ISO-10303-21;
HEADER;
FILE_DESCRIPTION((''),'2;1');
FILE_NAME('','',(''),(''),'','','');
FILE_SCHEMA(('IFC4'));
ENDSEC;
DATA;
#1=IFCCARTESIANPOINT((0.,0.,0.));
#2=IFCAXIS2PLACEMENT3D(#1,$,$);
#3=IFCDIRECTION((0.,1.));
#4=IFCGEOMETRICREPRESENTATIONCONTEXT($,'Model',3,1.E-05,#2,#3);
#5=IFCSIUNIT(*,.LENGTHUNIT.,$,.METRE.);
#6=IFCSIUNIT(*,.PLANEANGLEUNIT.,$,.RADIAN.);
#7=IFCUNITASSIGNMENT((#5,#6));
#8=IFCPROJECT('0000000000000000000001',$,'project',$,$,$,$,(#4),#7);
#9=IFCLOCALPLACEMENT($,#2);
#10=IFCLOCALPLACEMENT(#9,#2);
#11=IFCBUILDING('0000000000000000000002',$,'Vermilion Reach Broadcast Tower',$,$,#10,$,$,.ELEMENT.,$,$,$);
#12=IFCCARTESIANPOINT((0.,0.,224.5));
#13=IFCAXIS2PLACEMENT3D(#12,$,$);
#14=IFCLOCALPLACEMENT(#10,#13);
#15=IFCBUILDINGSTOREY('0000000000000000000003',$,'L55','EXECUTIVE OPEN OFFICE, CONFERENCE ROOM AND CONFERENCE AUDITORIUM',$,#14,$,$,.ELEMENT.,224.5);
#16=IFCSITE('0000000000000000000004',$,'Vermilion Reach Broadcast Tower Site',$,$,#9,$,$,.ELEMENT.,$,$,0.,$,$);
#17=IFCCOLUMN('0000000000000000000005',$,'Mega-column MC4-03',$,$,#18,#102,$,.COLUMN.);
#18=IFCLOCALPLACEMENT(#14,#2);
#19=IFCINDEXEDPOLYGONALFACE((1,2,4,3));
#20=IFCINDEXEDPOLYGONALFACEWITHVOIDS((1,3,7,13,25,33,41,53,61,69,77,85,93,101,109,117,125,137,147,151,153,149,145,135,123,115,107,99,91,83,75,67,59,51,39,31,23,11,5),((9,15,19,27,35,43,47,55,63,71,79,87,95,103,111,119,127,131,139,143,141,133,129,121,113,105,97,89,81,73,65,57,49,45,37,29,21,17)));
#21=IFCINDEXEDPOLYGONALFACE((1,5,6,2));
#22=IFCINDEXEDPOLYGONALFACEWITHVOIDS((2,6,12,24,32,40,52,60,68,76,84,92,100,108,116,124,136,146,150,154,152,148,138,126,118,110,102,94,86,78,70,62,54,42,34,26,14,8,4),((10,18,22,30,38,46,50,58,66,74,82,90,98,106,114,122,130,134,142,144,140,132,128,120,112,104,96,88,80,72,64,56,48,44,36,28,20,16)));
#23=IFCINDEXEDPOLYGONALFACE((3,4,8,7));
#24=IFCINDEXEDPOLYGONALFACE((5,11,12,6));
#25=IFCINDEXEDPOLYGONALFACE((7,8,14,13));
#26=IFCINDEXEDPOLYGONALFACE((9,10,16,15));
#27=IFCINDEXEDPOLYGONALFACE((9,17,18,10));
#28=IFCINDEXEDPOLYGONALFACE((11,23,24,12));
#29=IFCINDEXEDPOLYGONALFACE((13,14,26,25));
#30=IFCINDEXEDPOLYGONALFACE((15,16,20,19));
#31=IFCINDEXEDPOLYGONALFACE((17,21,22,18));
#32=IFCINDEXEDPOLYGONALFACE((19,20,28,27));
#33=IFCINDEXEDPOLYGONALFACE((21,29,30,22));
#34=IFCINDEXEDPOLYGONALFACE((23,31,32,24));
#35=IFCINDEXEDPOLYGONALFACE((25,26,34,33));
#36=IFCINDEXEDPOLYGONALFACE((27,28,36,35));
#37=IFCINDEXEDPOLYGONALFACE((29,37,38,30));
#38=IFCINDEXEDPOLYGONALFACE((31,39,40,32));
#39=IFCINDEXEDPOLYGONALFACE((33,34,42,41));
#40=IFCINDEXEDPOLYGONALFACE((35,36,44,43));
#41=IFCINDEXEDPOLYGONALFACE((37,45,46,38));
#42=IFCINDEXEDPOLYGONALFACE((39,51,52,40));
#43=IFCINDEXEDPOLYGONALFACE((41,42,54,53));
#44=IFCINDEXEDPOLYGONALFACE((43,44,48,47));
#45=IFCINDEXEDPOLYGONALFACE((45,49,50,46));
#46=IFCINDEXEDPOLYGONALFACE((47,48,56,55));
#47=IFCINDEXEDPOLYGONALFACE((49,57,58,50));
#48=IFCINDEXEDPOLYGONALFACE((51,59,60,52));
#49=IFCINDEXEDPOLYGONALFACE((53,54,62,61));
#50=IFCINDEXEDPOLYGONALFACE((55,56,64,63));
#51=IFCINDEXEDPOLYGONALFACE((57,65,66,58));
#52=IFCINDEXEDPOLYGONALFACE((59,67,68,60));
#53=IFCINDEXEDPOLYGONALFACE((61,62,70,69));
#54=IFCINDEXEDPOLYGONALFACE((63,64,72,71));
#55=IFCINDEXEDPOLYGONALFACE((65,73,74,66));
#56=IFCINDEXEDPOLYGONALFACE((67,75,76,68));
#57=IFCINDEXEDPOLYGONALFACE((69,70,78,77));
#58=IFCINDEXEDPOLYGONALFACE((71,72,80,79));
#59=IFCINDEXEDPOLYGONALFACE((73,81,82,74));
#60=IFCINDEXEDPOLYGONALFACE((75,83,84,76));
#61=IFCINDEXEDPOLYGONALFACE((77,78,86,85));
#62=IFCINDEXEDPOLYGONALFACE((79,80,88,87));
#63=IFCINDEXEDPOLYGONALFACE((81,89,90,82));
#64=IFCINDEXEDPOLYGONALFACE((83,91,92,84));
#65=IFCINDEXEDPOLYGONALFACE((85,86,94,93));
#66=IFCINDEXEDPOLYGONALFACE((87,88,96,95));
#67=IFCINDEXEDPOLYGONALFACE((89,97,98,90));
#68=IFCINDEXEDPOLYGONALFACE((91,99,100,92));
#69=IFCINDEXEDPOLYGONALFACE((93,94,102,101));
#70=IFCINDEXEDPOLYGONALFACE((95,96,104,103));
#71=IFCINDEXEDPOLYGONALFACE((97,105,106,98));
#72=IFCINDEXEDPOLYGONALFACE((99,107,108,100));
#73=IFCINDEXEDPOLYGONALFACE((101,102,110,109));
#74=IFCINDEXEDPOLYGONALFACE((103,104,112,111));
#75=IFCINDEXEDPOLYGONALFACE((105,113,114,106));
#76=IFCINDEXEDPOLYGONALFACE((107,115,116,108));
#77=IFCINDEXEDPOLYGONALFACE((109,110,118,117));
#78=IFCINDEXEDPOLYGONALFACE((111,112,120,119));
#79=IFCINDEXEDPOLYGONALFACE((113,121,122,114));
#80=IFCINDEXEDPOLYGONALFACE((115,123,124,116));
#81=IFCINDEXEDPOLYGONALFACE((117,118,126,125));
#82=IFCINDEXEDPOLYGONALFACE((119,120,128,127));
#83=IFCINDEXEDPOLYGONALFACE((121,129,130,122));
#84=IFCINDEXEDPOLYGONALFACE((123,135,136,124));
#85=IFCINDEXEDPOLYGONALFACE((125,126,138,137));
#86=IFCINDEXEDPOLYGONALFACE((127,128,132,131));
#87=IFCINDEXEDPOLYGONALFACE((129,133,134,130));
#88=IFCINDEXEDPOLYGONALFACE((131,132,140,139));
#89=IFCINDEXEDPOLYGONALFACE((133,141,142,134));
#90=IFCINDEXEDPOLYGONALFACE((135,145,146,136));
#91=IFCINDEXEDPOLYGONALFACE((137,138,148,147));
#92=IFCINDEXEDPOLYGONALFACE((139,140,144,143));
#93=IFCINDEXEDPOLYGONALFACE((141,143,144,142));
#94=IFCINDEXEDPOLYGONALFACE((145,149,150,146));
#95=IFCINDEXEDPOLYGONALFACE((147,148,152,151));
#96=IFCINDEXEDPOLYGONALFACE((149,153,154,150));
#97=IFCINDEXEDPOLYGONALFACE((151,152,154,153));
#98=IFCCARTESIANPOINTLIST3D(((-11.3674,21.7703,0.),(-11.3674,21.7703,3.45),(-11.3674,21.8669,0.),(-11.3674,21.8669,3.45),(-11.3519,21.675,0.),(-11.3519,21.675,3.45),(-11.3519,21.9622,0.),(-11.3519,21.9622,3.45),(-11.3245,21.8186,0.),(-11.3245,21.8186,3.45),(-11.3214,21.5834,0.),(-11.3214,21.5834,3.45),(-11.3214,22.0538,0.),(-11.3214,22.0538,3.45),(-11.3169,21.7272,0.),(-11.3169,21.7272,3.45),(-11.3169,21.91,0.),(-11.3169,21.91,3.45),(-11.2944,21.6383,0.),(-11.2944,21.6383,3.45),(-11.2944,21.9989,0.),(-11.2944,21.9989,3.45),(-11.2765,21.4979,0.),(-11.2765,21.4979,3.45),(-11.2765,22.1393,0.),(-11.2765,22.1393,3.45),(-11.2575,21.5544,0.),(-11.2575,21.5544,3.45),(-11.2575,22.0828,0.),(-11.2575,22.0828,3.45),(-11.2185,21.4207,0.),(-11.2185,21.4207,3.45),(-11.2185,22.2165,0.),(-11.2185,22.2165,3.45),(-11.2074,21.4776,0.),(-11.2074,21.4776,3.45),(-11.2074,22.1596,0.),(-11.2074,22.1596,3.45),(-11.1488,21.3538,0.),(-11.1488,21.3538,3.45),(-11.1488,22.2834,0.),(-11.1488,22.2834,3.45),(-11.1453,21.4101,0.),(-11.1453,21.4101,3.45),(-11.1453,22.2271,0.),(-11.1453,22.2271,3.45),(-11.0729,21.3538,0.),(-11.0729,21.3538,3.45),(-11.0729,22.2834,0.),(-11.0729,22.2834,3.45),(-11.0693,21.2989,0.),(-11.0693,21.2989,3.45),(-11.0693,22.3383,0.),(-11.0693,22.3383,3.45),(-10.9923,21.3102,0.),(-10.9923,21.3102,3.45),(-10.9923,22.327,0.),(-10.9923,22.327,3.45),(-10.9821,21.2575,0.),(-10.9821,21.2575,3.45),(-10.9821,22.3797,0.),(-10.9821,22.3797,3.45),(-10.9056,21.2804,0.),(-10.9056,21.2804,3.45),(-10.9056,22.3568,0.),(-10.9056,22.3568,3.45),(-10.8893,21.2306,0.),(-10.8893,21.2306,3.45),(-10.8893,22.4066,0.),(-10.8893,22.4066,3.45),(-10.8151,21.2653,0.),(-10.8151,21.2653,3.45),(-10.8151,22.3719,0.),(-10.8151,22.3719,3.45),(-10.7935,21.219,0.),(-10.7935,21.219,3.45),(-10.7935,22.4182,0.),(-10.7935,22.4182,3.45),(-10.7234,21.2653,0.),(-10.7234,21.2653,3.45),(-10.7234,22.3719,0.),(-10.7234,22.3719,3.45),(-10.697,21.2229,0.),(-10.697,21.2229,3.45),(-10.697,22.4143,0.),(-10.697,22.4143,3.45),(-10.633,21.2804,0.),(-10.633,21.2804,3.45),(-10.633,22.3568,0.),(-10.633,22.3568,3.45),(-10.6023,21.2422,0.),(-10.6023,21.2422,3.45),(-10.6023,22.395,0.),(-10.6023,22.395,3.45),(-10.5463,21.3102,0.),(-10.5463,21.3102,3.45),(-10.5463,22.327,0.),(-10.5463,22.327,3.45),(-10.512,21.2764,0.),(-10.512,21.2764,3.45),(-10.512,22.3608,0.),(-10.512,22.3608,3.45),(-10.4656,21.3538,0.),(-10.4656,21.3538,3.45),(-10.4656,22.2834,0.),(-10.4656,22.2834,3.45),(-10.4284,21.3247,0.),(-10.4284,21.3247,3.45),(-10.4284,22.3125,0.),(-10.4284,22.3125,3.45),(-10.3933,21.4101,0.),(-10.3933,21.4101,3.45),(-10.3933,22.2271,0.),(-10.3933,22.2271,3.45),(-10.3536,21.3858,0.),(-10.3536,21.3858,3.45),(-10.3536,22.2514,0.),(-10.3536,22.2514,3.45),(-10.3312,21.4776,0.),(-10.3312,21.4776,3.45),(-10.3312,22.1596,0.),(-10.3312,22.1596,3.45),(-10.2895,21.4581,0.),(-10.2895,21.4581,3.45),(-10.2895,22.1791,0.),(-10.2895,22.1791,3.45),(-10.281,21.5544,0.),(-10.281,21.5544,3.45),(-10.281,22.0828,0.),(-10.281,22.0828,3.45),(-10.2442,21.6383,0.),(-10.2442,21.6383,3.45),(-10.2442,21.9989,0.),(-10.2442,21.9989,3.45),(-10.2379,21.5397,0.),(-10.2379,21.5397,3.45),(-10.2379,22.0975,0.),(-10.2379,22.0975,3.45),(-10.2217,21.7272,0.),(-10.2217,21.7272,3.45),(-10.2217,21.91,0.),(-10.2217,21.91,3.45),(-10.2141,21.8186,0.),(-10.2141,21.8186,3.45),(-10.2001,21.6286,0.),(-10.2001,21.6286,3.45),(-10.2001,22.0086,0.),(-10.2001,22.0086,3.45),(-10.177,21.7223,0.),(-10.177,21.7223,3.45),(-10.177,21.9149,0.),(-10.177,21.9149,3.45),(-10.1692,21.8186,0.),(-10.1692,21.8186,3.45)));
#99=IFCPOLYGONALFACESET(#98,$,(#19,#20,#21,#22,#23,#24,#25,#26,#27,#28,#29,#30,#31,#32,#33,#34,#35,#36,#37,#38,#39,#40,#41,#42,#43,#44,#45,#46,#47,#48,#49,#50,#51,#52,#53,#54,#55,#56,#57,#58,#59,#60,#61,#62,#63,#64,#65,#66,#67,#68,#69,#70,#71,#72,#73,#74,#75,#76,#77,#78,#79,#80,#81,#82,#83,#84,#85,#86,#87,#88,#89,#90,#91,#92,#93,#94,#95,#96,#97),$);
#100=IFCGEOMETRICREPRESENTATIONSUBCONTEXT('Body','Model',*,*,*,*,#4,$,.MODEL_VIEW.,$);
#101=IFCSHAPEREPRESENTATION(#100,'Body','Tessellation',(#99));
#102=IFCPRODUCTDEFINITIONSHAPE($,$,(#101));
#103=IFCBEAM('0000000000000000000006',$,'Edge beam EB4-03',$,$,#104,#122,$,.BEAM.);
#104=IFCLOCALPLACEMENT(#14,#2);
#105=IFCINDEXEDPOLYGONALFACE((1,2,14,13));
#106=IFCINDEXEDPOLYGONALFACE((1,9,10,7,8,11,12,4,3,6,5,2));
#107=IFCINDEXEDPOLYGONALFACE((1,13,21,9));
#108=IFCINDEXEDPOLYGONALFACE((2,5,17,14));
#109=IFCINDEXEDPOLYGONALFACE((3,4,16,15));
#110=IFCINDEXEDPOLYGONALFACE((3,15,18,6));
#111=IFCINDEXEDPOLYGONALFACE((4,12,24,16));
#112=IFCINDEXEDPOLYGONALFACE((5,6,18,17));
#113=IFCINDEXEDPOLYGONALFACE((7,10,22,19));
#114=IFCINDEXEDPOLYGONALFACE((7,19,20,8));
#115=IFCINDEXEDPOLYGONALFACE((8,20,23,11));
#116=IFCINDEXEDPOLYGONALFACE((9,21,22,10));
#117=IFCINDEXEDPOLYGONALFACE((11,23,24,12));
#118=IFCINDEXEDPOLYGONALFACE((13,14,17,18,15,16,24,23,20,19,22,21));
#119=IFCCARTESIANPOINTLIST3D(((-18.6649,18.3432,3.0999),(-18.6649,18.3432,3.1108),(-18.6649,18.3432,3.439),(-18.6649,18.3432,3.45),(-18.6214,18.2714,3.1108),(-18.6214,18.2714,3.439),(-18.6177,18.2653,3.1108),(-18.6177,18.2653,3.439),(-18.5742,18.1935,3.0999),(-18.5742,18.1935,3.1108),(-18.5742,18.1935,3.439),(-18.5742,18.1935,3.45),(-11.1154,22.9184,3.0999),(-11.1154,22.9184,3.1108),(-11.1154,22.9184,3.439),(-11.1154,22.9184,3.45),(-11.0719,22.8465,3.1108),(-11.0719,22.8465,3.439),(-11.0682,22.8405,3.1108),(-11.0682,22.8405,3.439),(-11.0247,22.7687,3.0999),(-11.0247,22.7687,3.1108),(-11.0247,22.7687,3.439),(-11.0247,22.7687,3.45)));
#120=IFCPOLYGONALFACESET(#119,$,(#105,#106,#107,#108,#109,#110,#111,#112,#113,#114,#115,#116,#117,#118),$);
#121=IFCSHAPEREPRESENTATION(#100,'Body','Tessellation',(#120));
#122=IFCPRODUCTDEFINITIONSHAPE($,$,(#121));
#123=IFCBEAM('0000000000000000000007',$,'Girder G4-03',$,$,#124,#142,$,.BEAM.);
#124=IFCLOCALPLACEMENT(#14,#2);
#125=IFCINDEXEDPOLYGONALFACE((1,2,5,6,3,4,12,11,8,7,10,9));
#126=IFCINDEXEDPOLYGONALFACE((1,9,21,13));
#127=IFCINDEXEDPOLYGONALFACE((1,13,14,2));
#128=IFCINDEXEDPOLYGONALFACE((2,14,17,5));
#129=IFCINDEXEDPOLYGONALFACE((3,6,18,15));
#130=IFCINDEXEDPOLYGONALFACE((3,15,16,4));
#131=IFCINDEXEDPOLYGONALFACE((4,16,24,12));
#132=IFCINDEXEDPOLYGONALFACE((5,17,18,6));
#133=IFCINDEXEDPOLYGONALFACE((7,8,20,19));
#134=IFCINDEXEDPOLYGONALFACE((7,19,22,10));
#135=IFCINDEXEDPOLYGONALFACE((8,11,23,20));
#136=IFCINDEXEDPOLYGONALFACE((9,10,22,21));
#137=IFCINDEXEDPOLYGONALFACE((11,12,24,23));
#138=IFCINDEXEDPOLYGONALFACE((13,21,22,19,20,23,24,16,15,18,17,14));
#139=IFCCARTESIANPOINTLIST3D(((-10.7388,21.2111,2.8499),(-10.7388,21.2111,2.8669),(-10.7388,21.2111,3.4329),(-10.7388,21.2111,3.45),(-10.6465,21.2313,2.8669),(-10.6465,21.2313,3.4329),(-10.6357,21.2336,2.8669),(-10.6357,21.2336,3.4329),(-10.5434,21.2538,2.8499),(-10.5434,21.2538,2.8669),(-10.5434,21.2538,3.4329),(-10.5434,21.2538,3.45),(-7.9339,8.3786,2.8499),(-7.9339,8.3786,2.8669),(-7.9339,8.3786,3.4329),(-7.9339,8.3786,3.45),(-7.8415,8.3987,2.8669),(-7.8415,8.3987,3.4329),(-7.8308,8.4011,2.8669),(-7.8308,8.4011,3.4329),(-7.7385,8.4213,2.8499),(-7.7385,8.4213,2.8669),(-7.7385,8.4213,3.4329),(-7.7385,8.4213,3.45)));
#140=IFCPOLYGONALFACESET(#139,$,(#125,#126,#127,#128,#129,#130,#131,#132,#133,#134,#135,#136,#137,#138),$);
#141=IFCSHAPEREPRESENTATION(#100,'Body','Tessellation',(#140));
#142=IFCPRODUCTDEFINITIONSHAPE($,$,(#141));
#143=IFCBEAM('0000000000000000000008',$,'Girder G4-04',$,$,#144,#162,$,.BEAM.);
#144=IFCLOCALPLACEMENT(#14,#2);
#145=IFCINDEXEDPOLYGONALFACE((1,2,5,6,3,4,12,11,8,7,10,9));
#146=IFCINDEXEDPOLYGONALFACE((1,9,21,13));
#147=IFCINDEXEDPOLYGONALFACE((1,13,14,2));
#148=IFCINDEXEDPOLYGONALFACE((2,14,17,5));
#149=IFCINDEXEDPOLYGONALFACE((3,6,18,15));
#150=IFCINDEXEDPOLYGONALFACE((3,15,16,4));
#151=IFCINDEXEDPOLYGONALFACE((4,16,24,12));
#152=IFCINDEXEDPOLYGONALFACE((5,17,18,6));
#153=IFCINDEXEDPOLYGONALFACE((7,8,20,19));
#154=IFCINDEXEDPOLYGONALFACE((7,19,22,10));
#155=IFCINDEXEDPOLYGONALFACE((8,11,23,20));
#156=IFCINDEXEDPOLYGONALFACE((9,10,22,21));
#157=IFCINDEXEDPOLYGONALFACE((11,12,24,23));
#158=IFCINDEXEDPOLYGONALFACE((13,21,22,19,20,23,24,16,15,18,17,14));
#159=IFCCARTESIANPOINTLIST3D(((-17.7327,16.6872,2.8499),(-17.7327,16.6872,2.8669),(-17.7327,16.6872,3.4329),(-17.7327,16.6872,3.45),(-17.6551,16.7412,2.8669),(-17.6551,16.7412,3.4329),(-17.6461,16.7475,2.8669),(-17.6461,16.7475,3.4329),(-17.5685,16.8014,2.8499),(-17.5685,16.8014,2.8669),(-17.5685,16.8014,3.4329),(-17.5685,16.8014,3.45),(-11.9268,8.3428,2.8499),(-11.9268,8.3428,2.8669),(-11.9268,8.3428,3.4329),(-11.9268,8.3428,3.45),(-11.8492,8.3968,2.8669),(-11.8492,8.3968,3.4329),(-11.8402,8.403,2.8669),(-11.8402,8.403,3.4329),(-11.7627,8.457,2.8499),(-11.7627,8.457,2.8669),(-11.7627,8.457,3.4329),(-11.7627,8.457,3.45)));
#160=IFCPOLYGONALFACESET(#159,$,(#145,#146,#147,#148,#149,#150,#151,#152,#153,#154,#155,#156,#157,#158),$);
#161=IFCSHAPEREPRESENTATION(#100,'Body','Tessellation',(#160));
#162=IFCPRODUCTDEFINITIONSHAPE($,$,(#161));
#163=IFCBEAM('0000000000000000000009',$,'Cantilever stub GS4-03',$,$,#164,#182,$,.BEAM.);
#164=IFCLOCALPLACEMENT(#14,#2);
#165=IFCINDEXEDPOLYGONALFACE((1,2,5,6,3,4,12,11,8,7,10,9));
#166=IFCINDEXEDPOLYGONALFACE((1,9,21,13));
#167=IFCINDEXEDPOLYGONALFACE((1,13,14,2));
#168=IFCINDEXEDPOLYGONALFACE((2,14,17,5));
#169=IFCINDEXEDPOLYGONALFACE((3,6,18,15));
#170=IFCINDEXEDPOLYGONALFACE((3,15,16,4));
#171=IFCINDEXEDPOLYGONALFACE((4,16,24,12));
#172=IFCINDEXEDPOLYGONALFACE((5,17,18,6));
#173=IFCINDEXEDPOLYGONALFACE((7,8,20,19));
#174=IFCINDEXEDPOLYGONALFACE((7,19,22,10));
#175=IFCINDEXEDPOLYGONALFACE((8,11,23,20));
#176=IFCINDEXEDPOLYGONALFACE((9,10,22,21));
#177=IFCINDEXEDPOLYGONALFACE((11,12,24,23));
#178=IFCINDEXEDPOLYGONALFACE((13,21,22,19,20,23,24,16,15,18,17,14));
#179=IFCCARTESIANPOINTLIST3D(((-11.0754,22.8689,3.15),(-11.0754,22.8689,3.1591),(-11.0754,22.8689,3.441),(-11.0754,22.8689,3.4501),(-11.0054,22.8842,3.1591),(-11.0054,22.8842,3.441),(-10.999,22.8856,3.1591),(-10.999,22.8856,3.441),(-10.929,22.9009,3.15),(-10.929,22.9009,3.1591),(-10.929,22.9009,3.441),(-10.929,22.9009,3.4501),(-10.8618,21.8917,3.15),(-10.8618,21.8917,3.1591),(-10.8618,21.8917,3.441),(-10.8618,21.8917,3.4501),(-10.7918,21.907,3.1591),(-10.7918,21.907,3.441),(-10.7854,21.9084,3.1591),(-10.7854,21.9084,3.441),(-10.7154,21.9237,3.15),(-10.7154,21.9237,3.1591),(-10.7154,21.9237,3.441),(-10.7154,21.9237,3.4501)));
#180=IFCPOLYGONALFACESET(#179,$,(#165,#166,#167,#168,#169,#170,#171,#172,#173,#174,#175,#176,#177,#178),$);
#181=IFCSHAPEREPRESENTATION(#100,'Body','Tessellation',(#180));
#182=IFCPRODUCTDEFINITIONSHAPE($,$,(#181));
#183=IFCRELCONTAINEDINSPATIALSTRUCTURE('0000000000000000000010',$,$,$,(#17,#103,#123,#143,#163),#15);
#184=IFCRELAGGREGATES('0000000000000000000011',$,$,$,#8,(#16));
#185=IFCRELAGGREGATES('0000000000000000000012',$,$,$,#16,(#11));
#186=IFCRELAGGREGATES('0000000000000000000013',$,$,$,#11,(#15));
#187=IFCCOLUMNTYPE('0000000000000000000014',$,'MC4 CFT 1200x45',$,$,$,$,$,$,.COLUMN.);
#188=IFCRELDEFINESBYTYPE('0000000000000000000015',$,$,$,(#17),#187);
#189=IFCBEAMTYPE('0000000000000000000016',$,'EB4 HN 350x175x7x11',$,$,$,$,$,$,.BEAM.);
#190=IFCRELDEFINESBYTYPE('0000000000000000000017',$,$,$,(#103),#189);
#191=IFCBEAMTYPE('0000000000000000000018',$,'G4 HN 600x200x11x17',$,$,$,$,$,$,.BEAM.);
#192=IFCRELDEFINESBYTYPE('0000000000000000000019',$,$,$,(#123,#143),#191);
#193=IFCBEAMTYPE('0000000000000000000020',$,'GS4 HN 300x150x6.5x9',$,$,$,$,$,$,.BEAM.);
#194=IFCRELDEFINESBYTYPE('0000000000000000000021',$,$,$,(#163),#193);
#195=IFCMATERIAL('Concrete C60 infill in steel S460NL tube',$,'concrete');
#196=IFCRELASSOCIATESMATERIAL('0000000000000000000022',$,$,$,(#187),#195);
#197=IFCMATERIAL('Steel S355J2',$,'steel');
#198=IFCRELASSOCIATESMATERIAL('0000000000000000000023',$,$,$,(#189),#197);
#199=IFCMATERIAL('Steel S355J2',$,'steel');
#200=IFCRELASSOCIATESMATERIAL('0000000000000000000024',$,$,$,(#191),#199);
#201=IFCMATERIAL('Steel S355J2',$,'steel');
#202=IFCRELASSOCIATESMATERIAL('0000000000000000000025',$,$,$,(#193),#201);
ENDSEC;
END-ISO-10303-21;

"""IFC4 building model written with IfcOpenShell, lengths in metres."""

from ifc_helpers import new_model, si_unit, direction, frame, origin, origin_2d, place, context, subcontext, project, spatial, hollow_circle, i_section, extrude, material, material_profile, profile_set, type_object, element, save


model = new_model("IFC4")

# Units and contexts
model_context = context("Model", 3, precision=1e-05, world=origin(), true_north=direction((0.0, 1.0)))
body_context = subcontext(model_context, "Body", "Model", "MODEL_VIEW")
ifc_project = project(units=[si_unit("LENGTHUNIT", "METRE"), si_unit("PLANEANGLEUNIT", "RADIAN")], contexts=[model_context])

# Site, building, storey
site_placement = place(None, origin())
site = spatial("IfcSite", under=ifc_project, at=site_placement, Name="Vermilion Reach Broadcast Tower Site", CompositionType="ELEMENT", RefElevation=0.0)
building_placement = place(site_placement, origin())
building = spatial("IfcBuilding", under=site, at=building_placement, Name="Vermilion Reach Broadcast Tower", CompositionType="ELEMENT")
storey_placement = place(building_placement, frame((0.0, 0.0, 224.5)))
storey = spatial("IfcBuildingStorey", under=building, at=storey_placement, Name="L55", Description="EXECUTIVE OPEN OFFICE, CONFERENCE ROOM AND CONFERENCE AUDITORIUM", CompositionType="ELEMENT", Elevation=224.5)

# Column
ifc_material_1 = material(Name="Concrete C60 infill in steel S460NL tube", Category="concrete")
ifc_material_profile_1 = material_profile(ifc_material_1, hollow_circle(Radius=0.6001, WallThickness=0.0449, at=origin_2d()), Name="Concrete C60 infill in steel S460NL tube CFT 1200x45")
ifc_profile_set_1 = profile_set([ifc_material_profile_1], Name="Concrete C60 infill in steel S460NL tube")
column_type = type_object("IfcColumnType", Name="MC4 CFT 1200x45", PredefinedType="COLUMN", material=ifc_profile_set_1)
column_placement = place(storey_placement, frame((-10.7693, 21.8186, 0.0), z_axis=(0.0, 0.0, 1.0), x_axis=(1.0, 0.0, 0.0)))
element("IfcColumn", 1, at=column_placement, inside=storey, type_object=column_type, Name="Mega-column MC4-03", PredefinedType="COLUMN", context=body_context, shape_type="SweptSolid", body=[
    extrude(hollow_circle(Radius=0.6001, WallThickness=0.0449, at=origin_2d()), origin(), (0.0, 0.0, 1.0), 3.45),
])

# Beams
ifc_material_2 = material(Name="Steel S355J2", Category="steel")
ifc_material_profile_2 = material_profile(ifc_material_2, i_section(OverallWidth=0.175, OverallDepth=0.3501, WebThickness=0.0071, FlangeThickness=0.011, at=origin_2d()), Name="S355J2 HN 350x175x7x11")
ifc_profile_set_2 = profile_set([ifc_material_profile_2], Name="Steel S355J2")
beam_type_1 = type_object("IfcBeamType", Name="EB4 HN 350x175x7x11", PredefinedType="BEAM", material=ifc_profile_set_2)
beam_1_placement = place(storey_placement, frame((-11.0701, 22.8435, 3.2749), z_axis=(-0.855213, -0.518277, 0.0), x_axis=(0.518277, -0.855213, 0.0)))
element("IfcBeam", 2, at=beam_1_placement, inside=storey, type_object=beam_type_1, Name="Edge beam EB4-03", PredefinedType="BEAM", context=body_context, shape_type="SweptSolid", body=[
    extrude(i_section(OverallWidth=0.175, OverallDepth=0.3501, WebThickness=0.0071, FlangeThickness=0.011, at=origin_2d()), origin(), (0.0, 0.0, 1.0), 8.8276),
])
ifc_material_3 = material(Name="Steel S355J2", Category="steel")
ifc_material_profile_3 = material_profile(ifc_material_3, i_section(OverallWidth=0.2, OverallDepth=0.6001, WebThickness=0.011, FlangeThickness=0.0171, at=origin_2d()), Name="S355J2 HN 600x200x11x17")
ifc_profile_set_3 = profile_set([ifc_material_profile_3], Name="Steel S355J2")
beam_type_2 = type_object("IfcBeamType", Name="G4 HN 600x200x11x17", PredefinedType="BEAM", material=ifc_profile_set_3)
beam_2_placement = place(storey_placement, frame((-7.8362, 8.3999, 3.1499), z_axis=(-0.213538, 0.976935, 0.0), x_axis=(-0.976935, -0.213538, 0.0)))
element("IfcBeam", 3, at=beam_2_placement, inside=storey, type_object=beam_type_2, Name="Girder G4-03", PredefinedType="BEAM", context=body_context, shape_type="SweptSolid", body=[
    extrude(i_section(OverallWidth=0.2, OverallDepth=0.6001, WebThickness=0.011, FlangeThickness=0.0171, at=origin_2d()), origin(), (0.0, 0.0, 1.0), 13.1355),
])
beam_3_placement = place(storey_placement, frame((-11.8447, 8.3999, 3.1499), z_axis=(-0.571134, 0.820857, 0.0), x_axis=(-0.820857, -0.571134, 0.0)))
element("IfcBeam", 4, at=beam_3_placement, inside=storey, type_object=beam_type_2, Name="Girder G4-04", PredefinedType="BEAM", context=body_context, shape_type="SweptSolid", body=[
    extrude(i_section(OverallWidth=0.2, OverallDepth=0.6001, WebThickness=0.011, FlangeThickness=0.0171, at=origin_2d()), origin(), (0.0, 0.0, 1.0), 10.1655),
])
ifc_material_4 = material(Name="Steel S355J2", Category="steel")
ifc_material_profile_4 = material_profile(ifc_material_4, i_section(OverallWidth=0.1499, OverallDepth=0.3, WebThickness=0.0066, FlangeThickness=0.009, at=origin_2d()), Name="S355J2 HN 300x150x6.5x9")
ifc_profile_set_4 = profile_set([ifc_material_profile_4], Name="Steel S355J2")
beam_type_3 = type_object("IfcBeamType", Name="GS4 HN 300x150x6.5x9", PredefinedType="BEAM", material=ifc_profile_set_4)
beam_4_placement = place(storey_placement, frame((-10.7886, 21.9077, 3.3), z_axis=(-0.213595, 0.976922, 0.0), x_axis=(-0.976922, -0.213595, 0.0)))
element("IfcBeam", 5, at=beam_4_placement, inside=storey, type_object=beam_type_3, Name="Cantilever stub GS4-03", PredefinedType="BEAM", context=body_context, shape_type="SweptSolid", body=[
    extrude(i_section(OverallWidth=0.1499, OverallDepth=0.3, WebThickness=0.0066, FlangeThickness=0.009, at=origin_2d()), origin(), (0.0, 0.0, 1.0), 1.0002),
])

save(model, "model.ifc")
